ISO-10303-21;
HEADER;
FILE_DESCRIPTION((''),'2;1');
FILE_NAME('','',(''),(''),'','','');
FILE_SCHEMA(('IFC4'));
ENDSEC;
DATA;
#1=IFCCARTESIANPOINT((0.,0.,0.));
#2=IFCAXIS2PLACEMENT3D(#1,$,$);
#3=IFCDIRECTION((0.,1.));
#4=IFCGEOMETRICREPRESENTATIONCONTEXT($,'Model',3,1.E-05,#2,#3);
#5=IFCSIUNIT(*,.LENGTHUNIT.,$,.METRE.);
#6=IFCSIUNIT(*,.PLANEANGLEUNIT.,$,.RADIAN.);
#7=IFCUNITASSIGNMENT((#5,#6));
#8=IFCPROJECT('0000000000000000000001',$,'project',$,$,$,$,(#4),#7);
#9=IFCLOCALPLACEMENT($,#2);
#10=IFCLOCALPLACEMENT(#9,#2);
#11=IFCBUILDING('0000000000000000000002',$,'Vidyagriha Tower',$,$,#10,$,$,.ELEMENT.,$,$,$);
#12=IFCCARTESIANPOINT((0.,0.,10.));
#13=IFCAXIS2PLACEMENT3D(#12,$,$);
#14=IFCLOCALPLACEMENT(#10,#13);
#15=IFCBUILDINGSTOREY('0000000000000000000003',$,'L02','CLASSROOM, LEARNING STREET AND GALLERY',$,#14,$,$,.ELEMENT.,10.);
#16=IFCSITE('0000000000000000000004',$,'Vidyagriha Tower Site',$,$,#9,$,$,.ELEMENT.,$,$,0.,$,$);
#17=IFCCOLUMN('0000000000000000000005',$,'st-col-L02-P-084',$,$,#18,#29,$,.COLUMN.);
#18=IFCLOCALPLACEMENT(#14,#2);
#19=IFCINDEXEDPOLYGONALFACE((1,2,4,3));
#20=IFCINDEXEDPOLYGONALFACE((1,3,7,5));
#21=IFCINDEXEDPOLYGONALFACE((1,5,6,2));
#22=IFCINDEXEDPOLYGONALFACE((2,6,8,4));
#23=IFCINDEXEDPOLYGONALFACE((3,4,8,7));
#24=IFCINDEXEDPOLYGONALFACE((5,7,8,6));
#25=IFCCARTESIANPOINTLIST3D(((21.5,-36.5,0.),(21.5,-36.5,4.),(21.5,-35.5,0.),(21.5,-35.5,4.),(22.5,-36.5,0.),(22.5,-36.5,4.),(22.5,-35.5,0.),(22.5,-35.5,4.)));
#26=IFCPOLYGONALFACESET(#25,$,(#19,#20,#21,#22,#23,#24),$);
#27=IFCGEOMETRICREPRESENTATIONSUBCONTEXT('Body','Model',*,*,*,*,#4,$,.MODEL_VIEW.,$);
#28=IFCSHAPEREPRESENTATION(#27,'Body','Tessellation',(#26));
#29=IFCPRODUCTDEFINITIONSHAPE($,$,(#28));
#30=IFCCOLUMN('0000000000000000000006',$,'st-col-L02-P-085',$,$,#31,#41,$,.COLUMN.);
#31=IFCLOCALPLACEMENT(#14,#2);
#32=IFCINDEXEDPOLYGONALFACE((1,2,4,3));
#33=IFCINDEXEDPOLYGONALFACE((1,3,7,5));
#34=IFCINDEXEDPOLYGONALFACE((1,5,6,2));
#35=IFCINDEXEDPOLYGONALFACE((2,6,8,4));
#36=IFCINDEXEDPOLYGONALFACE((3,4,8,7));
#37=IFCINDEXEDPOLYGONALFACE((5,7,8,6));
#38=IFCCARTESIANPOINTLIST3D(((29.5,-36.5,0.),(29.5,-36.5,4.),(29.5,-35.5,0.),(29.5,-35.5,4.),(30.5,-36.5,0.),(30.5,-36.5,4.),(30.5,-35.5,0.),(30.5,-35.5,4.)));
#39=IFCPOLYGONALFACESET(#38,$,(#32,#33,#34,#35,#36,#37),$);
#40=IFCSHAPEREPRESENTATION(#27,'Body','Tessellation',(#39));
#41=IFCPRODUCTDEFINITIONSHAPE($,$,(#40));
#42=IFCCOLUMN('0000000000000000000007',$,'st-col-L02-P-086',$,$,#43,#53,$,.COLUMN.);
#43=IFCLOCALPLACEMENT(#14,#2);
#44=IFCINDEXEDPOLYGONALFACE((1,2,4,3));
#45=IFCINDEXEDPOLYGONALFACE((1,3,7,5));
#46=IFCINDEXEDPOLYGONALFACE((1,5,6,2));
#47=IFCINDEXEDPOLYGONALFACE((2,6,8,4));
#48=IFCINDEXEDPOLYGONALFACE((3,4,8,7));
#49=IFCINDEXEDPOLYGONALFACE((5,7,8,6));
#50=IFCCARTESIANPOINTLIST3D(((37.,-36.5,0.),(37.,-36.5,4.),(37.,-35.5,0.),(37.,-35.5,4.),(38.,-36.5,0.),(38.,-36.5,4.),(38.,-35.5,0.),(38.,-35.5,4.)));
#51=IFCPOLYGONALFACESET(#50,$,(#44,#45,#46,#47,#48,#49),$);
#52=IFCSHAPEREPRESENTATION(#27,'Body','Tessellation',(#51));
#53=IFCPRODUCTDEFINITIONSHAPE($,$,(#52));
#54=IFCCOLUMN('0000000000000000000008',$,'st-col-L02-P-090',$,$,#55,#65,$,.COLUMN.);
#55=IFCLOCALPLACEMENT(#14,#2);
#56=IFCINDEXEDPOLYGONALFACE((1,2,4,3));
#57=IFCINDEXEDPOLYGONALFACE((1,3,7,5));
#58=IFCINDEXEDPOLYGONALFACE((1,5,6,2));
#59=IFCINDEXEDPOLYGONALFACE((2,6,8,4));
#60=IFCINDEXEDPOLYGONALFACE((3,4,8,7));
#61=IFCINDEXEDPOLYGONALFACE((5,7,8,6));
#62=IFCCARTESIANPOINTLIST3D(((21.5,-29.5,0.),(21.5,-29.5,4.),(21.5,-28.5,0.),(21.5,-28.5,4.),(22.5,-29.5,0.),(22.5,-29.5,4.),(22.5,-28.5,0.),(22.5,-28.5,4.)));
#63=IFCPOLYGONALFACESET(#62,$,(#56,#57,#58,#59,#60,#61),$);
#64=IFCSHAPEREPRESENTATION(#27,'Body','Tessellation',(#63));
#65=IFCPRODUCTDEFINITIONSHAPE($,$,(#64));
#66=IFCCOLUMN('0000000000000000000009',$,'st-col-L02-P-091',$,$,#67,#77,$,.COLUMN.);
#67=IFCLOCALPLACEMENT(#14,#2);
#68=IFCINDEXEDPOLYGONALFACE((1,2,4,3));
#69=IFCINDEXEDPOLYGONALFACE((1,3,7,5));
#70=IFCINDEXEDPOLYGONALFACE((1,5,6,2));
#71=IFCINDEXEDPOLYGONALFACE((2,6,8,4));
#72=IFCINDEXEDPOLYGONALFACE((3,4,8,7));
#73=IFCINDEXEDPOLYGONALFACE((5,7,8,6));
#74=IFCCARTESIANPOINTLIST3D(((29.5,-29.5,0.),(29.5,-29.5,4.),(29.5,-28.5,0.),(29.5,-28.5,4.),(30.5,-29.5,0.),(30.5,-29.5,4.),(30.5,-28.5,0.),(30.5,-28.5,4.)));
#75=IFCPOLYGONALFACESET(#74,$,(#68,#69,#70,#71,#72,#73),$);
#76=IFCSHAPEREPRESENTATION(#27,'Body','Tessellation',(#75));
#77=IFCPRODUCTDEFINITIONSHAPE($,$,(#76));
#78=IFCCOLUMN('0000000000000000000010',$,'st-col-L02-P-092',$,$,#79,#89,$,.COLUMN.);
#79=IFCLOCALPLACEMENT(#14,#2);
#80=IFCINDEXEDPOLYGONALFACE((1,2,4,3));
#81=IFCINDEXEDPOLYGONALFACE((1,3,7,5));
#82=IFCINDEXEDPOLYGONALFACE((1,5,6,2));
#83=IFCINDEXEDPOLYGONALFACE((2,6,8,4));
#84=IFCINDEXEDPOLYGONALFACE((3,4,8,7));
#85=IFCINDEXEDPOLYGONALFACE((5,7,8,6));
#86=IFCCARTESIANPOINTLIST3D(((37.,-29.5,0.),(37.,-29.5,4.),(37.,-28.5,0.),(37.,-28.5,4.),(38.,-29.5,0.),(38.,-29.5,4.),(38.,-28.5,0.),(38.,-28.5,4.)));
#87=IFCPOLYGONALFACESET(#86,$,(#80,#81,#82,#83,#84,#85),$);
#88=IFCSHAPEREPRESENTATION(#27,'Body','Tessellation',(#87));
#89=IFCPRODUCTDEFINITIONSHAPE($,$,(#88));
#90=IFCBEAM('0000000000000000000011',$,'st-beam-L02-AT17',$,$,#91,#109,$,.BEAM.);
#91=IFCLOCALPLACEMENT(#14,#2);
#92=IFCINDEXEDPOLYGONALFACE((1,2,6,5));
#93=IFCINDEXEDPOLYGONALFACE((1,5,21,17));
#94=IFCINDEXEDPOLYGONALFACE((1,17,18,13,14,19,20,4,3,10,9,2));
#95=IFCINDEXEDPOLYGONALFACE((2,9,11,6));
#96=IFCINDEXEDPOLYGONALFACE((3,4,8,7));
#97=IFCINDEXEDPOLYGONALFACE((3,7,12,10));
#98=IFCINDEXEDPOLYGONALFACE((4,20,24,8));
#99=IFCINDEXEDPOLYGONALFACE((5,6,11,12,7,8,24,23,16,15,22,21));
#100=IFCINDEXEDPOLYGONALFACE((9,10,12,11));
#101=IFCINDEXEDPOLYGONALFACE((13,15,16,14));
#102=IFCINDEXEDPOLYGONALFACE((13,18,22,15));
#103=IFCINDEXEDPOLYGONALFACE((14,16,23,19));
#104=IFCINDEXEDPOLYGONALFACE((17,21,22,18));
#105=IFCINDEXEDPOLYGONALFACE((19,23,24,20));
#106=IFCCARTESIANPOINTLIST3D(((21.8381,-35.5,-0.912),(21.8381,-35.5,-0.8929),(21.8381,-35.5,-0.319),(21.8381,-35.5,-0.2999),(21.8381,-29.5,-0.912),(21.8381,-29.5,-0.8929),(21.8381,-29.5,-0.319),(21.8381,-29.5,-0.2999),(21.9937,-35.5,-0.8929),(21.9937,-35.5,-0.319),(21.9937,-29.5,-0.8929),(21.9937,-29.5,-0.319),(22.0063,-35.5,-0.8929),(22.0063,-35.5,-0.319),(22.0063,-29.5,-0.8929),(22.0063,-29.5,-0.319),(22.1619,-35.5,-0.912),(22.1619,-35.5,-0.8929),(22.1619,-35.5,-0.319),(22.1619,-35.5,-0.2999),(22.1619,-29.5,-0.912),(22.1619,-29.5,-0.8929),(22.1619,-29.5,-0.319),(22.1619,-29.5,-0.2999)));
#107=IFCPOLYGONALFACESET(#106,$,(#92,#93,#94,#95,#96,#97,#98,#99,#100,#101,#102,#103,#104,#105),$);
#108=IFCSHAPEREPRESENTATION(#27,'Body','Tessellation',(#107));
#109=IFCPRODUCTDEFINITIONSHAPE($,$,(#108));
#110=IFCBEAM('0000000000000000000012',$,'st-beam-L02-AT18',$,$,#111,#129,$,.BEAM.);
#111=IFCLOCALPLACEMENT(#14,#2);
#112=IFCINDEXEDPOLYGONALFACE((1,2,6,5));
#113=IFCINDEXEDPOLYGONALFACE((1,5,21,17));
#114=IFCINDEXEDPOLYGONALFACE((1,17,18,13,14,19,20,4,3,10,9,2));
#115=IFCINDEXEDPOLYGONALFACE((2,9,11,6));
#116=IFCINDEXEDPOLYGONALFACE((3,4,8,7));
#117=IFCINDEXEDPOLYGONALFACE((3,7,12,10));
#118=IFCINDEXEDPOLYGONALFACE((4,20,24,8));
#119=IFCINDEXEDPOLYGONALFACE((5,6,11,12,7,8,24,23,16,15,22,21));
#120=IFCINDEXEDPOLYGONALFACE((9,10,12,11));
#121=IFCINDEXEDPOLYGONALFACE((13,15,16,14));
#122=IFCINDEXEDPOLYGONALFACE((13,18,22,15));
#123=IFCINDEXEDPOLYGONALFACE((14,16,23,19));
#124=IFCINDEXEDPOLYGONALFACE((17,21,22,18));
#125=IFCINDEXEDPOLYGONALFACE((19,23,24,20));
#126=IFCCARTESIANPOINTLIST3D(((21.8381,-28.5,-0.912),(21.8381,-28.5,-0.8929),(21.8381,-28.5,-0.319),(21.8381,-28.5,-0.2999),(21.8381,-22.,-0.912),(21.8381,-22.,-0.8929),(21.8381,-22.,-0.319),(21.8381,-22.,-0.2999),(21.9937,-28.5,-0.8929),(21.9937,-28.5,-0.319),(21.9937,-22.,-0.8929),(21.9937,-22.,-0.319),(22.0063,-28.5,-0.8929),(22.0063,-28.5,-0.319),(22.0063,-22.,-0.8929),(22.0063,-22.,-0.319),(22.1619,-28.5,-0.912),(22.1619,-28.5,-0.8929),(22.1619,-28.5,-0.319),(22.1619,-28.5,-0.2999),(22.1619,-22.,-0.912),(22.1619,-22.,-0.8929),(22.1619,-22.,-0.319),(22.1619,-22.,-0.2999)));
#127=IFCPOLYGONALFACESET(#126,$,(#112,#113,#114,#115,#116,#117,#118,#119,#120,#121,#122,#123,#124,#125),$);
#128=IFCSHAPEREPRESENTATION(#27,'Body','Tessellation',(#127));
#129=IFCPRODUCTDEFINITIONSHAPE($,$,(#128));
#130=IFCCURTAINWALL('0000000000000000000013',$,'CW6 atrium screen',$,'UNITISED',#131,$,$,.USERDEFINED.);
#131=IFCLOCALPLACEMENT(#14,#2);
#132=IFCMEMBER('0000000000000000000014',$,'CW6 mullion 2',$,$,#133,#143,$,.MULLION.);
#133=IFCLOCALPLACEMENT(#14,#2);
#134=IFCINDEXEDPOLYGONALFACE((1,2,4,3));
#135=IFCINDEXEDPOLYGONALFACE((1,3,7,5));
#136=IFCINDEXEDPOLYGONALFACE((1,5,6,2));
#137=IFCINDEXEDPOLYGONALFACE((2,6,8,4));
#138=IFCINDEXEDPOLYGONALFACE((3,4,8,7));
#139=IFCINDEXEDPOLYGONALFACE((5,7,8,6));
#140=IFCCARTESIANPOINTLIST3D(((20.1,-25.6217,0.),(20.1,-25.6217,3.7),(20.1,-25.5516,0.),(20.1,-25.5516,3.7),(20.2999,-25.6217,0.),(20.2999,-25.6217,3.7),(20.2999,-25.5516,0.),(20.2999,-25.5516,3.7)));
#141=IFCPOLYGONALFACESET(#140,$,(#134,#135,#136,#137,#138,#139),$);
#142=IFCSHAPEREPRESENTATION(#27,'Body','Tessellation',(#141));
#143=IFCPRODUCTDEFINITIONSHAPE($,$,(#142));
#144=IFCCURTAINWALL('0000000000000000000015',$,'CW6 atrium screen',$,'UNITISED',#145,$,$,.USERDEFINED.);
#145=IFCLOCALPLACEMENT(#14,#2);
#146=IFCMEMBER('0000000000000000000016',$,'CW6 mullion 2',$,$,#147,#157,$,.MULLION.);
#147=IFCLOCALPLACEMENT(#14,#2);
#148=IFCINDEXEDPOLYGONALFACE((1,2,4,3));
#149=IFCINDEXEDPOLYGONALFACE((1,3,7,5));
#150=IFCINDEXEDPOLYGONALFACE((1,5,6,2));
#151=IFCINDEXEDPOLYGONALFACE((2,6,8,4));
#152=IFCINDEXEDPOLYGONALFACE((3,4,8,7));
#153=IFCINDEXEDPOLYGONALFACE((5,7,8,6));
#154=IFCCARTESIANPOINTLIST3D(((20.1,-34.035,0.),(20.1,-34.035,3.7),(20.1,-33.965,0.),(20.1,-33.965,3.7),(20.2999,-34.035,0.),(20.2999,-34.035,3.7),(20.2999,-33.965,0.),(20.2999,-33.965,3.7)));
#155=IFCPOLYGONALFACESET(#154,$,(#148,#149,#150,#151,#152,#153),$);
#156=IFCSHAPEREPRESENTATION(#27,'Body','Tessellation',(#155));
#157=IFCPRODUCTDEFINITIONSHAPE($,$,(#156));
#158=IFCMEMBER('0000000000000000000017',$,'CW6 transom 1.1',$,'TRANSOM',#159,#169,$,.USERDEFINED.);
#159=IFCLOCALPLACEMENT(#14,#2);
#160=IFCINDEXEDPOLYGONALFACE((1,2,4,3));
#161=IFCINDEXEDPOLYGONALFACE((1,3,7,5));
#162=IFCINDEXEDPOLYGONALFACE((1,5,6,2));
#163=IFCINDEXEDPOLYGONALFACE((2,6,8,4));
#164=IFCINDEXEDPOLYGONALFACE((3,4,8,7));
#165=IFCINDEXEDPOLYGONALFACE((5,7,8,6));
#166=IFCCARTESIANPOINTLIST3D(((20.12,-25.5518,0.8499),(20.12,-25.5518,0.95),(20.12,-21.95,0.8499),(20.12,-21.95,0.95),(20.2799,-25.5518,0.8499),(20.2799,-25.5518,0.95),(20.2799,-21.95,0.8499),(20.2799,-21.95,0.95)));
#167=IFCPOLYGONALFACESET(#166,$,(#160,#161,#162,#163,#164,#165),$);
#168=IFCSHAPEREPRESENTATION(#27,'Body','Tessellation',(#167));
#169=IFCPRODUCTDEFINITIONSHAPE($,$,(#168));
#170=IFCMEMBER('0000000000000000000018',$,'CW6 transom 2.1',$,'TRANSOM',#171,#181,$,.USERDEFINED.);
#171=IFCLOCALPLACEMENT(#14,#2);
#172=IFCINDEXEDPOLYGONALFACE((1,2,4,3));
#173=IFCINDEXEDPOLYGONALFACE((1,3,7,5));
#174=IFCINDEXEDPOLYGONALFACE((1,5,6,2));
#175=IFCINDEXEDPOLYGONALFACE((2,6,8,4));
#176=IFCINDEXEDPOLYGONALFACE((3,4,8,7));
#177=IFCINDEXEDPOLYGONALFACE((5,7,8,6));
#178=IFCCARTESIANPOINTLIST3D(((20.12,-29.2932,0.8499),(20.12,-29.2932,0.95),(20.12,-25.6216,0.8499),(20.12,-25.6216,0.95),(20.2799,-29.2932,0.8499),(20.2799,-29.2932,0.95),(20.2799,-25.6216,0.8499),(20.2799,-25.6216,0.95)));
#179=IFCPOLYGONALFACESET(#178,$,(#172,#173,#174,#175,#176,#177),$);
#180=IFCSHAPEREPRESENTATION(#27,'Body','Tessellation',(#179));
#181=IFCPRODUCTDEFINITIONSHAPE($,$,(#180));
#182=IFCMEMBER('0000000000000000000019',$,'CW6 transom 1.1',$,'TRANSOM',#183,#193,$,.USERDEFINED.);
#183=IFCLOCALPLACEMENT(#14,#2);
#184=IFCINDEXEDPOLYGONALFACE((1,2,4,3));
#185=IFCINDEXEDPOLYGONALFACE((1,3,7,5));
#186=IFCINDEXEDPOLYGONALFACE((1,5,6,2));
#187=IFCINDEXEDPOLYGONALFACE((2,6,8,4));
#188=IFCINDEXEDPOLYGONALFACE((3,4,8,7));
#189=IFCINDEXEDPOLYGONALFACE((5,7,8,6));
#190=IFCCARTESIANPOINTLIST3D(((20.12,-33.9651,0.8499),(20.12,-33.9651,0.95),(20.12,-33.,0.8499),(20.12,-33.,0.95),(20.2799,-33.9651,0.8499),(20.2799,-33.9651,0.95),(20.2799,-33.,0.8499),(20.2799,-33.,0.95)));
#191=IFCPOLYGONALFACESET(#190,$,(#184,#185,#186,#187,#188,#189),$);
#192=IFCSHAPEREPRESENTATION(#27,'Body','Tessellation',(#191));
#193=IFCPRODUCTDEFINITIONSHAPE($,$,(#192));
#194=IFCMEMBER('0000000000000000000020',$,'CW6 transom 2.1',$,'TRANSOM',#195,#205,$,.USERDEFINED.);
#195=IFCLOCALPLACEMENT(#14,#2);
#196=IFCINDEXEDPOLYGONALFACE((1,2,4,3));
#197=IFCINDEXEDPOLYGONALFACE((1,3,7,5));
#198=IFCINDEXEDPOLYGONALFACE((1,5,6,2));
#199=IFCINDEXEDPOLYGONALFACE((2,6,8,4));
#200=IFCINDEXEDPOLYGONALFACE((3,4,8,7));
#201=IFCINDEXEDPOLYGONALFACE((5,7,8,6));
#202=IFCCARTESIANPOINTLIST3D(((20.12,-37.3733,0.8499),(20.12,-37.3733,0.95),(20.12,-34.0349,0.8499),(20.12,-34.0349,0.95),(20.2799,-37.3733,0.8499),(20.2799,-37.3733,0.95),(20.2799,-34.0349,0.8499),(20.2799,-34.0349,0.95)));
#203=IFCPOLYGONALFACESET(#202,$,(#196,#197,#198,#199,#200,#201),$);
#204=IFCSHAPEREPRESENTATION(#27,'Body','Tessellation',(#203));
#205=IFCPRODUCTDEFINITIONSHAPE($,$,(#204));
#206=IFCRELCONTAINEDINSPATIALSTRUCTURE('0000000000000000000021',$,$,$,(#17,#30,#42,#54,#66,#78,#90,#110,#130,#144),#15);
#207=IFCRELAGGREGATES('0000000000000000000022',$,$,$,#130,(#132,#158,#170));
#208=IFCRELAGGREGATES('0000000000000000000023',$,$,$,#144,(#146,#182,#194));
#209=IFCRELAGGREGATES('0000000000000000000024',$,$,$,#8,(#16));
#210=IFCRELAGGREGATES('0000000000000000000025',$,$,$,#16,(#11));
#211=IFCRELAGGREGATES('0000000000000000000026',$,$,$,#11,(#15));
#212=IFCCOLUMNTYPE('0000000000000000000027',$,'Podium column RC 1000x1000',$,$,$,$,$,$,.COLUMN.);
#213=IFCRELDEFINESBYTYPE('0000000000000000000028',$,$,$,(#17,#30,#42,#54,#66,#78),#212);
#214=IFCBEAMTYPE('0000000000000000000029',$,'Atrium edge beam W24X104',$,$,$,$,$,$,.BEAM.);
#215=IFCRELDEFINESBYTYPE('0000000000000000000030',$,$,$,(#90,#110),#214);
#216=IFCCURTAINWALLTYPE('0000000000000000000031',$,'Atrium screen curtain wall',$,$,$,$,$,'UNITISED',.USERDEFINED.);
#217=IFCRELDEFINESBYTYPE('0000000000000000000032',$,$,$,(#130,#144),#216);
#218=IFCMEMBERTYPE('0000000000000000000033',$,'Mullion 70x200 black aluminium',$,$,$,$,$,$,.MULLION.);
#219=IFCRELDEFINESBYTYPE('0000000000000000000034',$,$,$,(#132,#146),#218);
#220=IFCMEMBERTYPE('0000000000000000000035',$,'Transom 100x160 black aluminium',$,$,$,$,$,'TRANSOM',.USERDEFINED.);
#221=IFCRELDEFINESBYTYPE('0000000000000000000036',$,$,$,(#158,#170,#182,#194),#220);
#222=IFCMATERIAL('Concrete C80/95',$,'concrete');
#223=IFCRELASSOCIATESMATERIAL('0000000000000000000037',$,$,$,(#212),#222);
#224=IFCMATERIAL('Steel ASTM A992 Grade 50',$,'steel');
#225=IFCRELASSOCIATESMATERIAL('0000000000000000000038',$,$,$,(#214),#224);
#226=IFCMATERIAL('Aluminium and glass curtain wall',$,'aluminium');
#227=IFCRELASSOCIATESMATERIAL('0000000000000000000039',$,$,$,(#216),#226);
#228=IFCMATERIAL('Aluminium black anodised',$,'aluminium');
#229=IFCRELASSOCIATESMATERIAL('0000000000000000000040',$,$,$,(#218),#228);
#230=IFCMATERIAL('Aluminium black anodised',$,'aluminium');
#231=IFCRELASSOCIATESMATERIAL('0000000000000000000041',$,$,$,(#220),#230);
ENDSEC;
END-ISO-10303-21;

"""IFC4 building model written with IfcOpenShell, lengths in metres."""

from ifc_helpers import new_model, si_unit, direction, frame, origin, origin_2d, place, context, subcontext, project, spatial, rectangle, i_section, extrude, material, material_profile, profile_set, type_object, element, aggregate, save


model = new_model("IFC4")

# Units and contexts
model_context = context("Model", 3, precision=1e-05, world=origin(), true_north=direction((0.0, 1.0)))
body_context = subcontext(model_context, "Body", "Model", "MODEL_VIEW")
ifc_project = project(units=[si_unit("LENGTHUNIT", "METRE"), si_unit("PLANEANGLEUNIT", "RADIAN")], contexts=[model_context])

# Site, building, storey
site_placement = place(None, origin())
site = spatial("IfcSite", under=ifc_project, at=site_placement, Name="Vidyagriha Tower Site", CompositionType="ELEMENT", RefElevation=0.0)
building_placement = place(site_placement, origin())
building = spatial("IfcBuilding", under=site, at=building_placement, Name="Vidyagriha Tower", CompositionType="ELEMENT")
storey_placement = place(building_placement, frame((0.0, 0.0, 10.0)))
storey = spatial("IfcBuildingStorey", under=building, at=storey_placement, Name="L02", Description="CLASSROOM, LEARNING STREET AND GALLERY", CompositionType="ELEMENT", Elevation=10.0)

# Columns
ifc_material_1 = material(Name="Concrete C80/95", Category="concrete")
ifc_material_profile_1 = material_profile(ifc_material_1, rectangle(XDim=1.0, YDim=1.0, at=origin_2d()), Name="RC 1000x1000")
ifc_profile_set_1 = profile_set([ifc_material_profile_1], Name="Concrete C80/95")
column_type = type_object("IfcColumnType", Name="Podium column RC 1000x1000", PredefinedType="COLUMN", material=ifc_profile_set_1)
for number, where, name in (
    (1, (22.0, -36.0, 0.0), "st-col-L02-P-084"),
    (2, (30.0, -36.0, 0.0), "st-col-L02-P-085"),
    (3, (37.5, -36.0, 0.0), "st-col-L02-P-086"),
    (4, (22.0, -29.0, 0.0), "st-col-L02-P-090"),
    (5, (30.0, -29.0, 0.0), "st-col-L02-P-091"),
    (6, (37.5, -29.0, 0.0), "st-col-L02-P-092"),
):
    element("IfcColumn", number, at=place(storey_placement, frame(where)), inside=storey, type_object=column_type, Name=name, PredefinedType="COLUMN", context=body_context, shape_type="SweptSolid", body=[
        extrude(rectangle(XDim=1.0, YDim=1.0, at=origin_2d()), origin(), (0.0, 0.0, 1.0), 4.0),
    ])

# Beams
ifc_material_2 = material(Name="Steel ASTM A992 Grade 50", Category="steel")
ifc_material_profile_2 = material_profile(ifc_material_2, i_section(OverallWidth=0.3237, OverallDepth=0.6121, WebThickness=0.0127, FlangeThickness=0.019, at=origin_2d()), Name="W24X104")
ifc_profile_set_2 = profile_set([ifc_material_profile_2], Name="Steel ASTM A992 Grade 50")
beam_type = type_object("IfcBeamType", Name="Atrium edge beam W24X104", PredefinedType="BEAM", material=ifc_profile_set_2)
beam_1_placement = place(storey_placement, frame((22.0, -35.5, -0.606), z_axis=(0.0, 1.0, 0.0), x_axis=(-1.0, 0.0, 0.0)))
element("IfcBeam", 7, at=beam_1_placement, inside=storey, type_object=beam_type, Name="st-beam-L02-AT17", PredefinedType="BEAM", context=body_context, shape_type="SweptSolid", body=[
    extrude(i_section(OverallWidth=0.3237, OverallDepth=0.6121, WebThickness=0.0127, FlangeThickness=0.019, at=origin_2d()), origin(), (0.0, 0.0, 1.0), 6.0),
])
beam_2_placement = place(storey_placement, frame((22.0, -28.5, -0.606), z_axis=(0.0, 1.0, 0.0), x_axis=(-1.0, 0.0, 0.0)))
element("IfcBeam", 8, at=beam_2_placement, inside=storey, type_object=beam_type, Name="st-beam-L02-AT18", PredefinedType="BEAM", context=body_context, shape_type="SweptSolid", body=[
    extrude(i_section(OverallWidth=0.3237, OverallDepth=0.6121, WebThickness=0.0127, FlangeThickness=0.019, at=origin_2d()), origin(), (0.0, 0.0, 1.0), 6.5),
])

# Curtain walls, members
ifc_material_3 = material(Name="Aluminium and glass curtain wall", Category="aluminium")
curtain_wall_type = type_object("IfcCurtainWallType", Name="Atrium screen curtain wall", ElementType="UNITISED", PredefinedType="USERDEFINED", material=ifc_material_3)
curtain_wall_1_placement = place(storey_placement, origin())
curtain_wall_1 = element("IfcCurtainWall", 9, at=curtain_wall_1_placement, inside=storey, type_object=curtain_wall_type, Name="CW6 atrium screen", ObjectType="UNITISED", PredefinedType="USERDEFINED")
ifc_material_4 = material(Name="Aluminium black anodised", Category="aluminium")
ifc_material_profile_3 = material_profile(ifc_material_4, rectangle(XDim=0.2, YDim=0.0701, at=origin_2d()), Name="Mullion 70x200 black aluminium")
ifc_profile_set_3 = profile_set([ifc_material_profile_3], Name="Aluminium black anodised")
member_type_1 = type_object("IfcMemberType", Name="Mullion 70x200 black aluminium", PredefinedType="MULLION", material=ifc_profile_set_3)
member_1_placement = place(storey_placement, frame((20.2, -25.5867, 0.0)))
member_1 = element("IfcMember", 10, at=member_1_placement, type_object=member_type_1, Name="CW6 mullion 2", PredefinedType="MULLION", context=body_context, shape_type="SweptSolid", body=[
    extrude(rectangle(XDim=0.2, YDim=0.0701, at=origin_2d()), origin(), (0.0, 0.0, 1.0), 3.7),
])
curtain_wall_2_placement = place(storey_placement, origin())
curtain_wall_2 = element("IfcCurtainWall", 11, at=curtain_wall_2_placement, inside=storey, type_object=curtain_wall_type, Name="CW6 atrium screen", ObjectType="UNITISED", PredefinedType="USERDEFINED")
member_2_placement = place(storey_placement, frame((20.2, -34.0, 0.0)))
member_2 = element("IfcMember", 12, at=member_2_placement, type_object=member_type_1, Name="CW6 mullion 2", PredefinedType="MULLION", context=body_context, shape_type="SweptSolid", body=[
    extrude(rectangle(XDim=0.2, YDim=0.0701, at=origin_2d()), origin(), (0.0, 0.0, 1.0), 3.7),
])

# Members
ifc_material_5 = material(Name="Aluminium black anodised", Category="aluminium")
ifc_material_profile_4 = material_profile(ifc_material_5, rectangle(XDim=0.1599, YDim=0.1001, at=origin_2d()), Name="Transom 100x160 black aluminium")
ifc_profile_set_4 = profile_set([ifc_material_profile_4], Name="Aluminium black anodised")
member_type_2 = type_object("IfcMemberType", Name="Transom 100x160 black aluminium", ElementType="TRANSOM", PredefinedType="USERDEFINED", material=ifc_profile_set_4)
member_3_placement = place(storey_placement, frame((20.2, -21.95, 0.8999), z_axis=(0.0, -1.0, 0.0), x_axis=(1.0, 0.0, 0.0)))
member_3 = element("IfcMember", 13, at=member_3_placement, type_object=member_type_2, Name="CW6 transom 1.1", ObjectType="TRANSOM", PredefinedType="USERDEFINED", context=body_context, shape_type="SweptSolid", body=[
    extrude(rectangle(XDim=0.1599, YDim=0.1001, at=origin_2d()), origin(), (0.0, 0.0, 1.0), 3.6018),
])
member_4_placement = place(storey_placement, frame((20.2, -25.6216, 0.8999), z_axis=(0.0, -1.0, 0.0), x_axis=(1.0, 0.0, 0.0)))
member_4 = element("IfcMember", 14, at=member_4_placement, type_object=member_type_2, Name="CW6 transom 2.1", ObjectType="TRANSOM", PredefinedType="USERDEFINED", context=body_context, shape_type="SweptSolid", body=[
    extrude(rectangle(XDim=0.1599, YDim=0.1001, at=origin_2d()), origin(), (0.0, 0.0, 1.0), 3.6716),
])
member_5_placement = place(storey_placement, frame((20.2, -33.0, 0.8999), z_axis=(0.0, -1.0, 0.0), x_axis=(1.0, 0.0, 0.0)))
member_5 = element("IfcMember", 15, at=member_5_placement, type_object=member_type_2, Name="CW6 transom 1.1", ObjectType="TRANSOM", PredefinedType="USERDEFINED", context=body_context, shape_type="SweptSolid", body=[
    extrude(rectangle(XDim=0.1599, YDim=0.1001, at=origin_2d()), origin(), (0.0, 0.0, 1.0), 0.9651),
])
member_6_placement = place(storey_placement, frame((20.2, -34.0349, 0.8999), z_axis=(0.0, -1.0, 0.0), x_axis=(1.0, 0.0, 0.0)))
member_6 = element("IfcMember", 16, at=member_6_placement, type_object=member_type_2, Name="CW6 transom 2.1", ObjectType="TRANSOM", PredefinedType="USERDEFINED", context=body_context, shape_type="SweptSolid", body=[
    extrude(rectangle(XDim=0.1599, YDim=0.1001, at=origin_2d()), origin(), (0.0, 0.0, 1.0), 3.3384),
])

aggregate(curtain_wall_1, [member_1, member_3, member_4])
aggregate(curtain_wall_2, [member_2, member_5, member_6])

save(model, "model.ifc")
